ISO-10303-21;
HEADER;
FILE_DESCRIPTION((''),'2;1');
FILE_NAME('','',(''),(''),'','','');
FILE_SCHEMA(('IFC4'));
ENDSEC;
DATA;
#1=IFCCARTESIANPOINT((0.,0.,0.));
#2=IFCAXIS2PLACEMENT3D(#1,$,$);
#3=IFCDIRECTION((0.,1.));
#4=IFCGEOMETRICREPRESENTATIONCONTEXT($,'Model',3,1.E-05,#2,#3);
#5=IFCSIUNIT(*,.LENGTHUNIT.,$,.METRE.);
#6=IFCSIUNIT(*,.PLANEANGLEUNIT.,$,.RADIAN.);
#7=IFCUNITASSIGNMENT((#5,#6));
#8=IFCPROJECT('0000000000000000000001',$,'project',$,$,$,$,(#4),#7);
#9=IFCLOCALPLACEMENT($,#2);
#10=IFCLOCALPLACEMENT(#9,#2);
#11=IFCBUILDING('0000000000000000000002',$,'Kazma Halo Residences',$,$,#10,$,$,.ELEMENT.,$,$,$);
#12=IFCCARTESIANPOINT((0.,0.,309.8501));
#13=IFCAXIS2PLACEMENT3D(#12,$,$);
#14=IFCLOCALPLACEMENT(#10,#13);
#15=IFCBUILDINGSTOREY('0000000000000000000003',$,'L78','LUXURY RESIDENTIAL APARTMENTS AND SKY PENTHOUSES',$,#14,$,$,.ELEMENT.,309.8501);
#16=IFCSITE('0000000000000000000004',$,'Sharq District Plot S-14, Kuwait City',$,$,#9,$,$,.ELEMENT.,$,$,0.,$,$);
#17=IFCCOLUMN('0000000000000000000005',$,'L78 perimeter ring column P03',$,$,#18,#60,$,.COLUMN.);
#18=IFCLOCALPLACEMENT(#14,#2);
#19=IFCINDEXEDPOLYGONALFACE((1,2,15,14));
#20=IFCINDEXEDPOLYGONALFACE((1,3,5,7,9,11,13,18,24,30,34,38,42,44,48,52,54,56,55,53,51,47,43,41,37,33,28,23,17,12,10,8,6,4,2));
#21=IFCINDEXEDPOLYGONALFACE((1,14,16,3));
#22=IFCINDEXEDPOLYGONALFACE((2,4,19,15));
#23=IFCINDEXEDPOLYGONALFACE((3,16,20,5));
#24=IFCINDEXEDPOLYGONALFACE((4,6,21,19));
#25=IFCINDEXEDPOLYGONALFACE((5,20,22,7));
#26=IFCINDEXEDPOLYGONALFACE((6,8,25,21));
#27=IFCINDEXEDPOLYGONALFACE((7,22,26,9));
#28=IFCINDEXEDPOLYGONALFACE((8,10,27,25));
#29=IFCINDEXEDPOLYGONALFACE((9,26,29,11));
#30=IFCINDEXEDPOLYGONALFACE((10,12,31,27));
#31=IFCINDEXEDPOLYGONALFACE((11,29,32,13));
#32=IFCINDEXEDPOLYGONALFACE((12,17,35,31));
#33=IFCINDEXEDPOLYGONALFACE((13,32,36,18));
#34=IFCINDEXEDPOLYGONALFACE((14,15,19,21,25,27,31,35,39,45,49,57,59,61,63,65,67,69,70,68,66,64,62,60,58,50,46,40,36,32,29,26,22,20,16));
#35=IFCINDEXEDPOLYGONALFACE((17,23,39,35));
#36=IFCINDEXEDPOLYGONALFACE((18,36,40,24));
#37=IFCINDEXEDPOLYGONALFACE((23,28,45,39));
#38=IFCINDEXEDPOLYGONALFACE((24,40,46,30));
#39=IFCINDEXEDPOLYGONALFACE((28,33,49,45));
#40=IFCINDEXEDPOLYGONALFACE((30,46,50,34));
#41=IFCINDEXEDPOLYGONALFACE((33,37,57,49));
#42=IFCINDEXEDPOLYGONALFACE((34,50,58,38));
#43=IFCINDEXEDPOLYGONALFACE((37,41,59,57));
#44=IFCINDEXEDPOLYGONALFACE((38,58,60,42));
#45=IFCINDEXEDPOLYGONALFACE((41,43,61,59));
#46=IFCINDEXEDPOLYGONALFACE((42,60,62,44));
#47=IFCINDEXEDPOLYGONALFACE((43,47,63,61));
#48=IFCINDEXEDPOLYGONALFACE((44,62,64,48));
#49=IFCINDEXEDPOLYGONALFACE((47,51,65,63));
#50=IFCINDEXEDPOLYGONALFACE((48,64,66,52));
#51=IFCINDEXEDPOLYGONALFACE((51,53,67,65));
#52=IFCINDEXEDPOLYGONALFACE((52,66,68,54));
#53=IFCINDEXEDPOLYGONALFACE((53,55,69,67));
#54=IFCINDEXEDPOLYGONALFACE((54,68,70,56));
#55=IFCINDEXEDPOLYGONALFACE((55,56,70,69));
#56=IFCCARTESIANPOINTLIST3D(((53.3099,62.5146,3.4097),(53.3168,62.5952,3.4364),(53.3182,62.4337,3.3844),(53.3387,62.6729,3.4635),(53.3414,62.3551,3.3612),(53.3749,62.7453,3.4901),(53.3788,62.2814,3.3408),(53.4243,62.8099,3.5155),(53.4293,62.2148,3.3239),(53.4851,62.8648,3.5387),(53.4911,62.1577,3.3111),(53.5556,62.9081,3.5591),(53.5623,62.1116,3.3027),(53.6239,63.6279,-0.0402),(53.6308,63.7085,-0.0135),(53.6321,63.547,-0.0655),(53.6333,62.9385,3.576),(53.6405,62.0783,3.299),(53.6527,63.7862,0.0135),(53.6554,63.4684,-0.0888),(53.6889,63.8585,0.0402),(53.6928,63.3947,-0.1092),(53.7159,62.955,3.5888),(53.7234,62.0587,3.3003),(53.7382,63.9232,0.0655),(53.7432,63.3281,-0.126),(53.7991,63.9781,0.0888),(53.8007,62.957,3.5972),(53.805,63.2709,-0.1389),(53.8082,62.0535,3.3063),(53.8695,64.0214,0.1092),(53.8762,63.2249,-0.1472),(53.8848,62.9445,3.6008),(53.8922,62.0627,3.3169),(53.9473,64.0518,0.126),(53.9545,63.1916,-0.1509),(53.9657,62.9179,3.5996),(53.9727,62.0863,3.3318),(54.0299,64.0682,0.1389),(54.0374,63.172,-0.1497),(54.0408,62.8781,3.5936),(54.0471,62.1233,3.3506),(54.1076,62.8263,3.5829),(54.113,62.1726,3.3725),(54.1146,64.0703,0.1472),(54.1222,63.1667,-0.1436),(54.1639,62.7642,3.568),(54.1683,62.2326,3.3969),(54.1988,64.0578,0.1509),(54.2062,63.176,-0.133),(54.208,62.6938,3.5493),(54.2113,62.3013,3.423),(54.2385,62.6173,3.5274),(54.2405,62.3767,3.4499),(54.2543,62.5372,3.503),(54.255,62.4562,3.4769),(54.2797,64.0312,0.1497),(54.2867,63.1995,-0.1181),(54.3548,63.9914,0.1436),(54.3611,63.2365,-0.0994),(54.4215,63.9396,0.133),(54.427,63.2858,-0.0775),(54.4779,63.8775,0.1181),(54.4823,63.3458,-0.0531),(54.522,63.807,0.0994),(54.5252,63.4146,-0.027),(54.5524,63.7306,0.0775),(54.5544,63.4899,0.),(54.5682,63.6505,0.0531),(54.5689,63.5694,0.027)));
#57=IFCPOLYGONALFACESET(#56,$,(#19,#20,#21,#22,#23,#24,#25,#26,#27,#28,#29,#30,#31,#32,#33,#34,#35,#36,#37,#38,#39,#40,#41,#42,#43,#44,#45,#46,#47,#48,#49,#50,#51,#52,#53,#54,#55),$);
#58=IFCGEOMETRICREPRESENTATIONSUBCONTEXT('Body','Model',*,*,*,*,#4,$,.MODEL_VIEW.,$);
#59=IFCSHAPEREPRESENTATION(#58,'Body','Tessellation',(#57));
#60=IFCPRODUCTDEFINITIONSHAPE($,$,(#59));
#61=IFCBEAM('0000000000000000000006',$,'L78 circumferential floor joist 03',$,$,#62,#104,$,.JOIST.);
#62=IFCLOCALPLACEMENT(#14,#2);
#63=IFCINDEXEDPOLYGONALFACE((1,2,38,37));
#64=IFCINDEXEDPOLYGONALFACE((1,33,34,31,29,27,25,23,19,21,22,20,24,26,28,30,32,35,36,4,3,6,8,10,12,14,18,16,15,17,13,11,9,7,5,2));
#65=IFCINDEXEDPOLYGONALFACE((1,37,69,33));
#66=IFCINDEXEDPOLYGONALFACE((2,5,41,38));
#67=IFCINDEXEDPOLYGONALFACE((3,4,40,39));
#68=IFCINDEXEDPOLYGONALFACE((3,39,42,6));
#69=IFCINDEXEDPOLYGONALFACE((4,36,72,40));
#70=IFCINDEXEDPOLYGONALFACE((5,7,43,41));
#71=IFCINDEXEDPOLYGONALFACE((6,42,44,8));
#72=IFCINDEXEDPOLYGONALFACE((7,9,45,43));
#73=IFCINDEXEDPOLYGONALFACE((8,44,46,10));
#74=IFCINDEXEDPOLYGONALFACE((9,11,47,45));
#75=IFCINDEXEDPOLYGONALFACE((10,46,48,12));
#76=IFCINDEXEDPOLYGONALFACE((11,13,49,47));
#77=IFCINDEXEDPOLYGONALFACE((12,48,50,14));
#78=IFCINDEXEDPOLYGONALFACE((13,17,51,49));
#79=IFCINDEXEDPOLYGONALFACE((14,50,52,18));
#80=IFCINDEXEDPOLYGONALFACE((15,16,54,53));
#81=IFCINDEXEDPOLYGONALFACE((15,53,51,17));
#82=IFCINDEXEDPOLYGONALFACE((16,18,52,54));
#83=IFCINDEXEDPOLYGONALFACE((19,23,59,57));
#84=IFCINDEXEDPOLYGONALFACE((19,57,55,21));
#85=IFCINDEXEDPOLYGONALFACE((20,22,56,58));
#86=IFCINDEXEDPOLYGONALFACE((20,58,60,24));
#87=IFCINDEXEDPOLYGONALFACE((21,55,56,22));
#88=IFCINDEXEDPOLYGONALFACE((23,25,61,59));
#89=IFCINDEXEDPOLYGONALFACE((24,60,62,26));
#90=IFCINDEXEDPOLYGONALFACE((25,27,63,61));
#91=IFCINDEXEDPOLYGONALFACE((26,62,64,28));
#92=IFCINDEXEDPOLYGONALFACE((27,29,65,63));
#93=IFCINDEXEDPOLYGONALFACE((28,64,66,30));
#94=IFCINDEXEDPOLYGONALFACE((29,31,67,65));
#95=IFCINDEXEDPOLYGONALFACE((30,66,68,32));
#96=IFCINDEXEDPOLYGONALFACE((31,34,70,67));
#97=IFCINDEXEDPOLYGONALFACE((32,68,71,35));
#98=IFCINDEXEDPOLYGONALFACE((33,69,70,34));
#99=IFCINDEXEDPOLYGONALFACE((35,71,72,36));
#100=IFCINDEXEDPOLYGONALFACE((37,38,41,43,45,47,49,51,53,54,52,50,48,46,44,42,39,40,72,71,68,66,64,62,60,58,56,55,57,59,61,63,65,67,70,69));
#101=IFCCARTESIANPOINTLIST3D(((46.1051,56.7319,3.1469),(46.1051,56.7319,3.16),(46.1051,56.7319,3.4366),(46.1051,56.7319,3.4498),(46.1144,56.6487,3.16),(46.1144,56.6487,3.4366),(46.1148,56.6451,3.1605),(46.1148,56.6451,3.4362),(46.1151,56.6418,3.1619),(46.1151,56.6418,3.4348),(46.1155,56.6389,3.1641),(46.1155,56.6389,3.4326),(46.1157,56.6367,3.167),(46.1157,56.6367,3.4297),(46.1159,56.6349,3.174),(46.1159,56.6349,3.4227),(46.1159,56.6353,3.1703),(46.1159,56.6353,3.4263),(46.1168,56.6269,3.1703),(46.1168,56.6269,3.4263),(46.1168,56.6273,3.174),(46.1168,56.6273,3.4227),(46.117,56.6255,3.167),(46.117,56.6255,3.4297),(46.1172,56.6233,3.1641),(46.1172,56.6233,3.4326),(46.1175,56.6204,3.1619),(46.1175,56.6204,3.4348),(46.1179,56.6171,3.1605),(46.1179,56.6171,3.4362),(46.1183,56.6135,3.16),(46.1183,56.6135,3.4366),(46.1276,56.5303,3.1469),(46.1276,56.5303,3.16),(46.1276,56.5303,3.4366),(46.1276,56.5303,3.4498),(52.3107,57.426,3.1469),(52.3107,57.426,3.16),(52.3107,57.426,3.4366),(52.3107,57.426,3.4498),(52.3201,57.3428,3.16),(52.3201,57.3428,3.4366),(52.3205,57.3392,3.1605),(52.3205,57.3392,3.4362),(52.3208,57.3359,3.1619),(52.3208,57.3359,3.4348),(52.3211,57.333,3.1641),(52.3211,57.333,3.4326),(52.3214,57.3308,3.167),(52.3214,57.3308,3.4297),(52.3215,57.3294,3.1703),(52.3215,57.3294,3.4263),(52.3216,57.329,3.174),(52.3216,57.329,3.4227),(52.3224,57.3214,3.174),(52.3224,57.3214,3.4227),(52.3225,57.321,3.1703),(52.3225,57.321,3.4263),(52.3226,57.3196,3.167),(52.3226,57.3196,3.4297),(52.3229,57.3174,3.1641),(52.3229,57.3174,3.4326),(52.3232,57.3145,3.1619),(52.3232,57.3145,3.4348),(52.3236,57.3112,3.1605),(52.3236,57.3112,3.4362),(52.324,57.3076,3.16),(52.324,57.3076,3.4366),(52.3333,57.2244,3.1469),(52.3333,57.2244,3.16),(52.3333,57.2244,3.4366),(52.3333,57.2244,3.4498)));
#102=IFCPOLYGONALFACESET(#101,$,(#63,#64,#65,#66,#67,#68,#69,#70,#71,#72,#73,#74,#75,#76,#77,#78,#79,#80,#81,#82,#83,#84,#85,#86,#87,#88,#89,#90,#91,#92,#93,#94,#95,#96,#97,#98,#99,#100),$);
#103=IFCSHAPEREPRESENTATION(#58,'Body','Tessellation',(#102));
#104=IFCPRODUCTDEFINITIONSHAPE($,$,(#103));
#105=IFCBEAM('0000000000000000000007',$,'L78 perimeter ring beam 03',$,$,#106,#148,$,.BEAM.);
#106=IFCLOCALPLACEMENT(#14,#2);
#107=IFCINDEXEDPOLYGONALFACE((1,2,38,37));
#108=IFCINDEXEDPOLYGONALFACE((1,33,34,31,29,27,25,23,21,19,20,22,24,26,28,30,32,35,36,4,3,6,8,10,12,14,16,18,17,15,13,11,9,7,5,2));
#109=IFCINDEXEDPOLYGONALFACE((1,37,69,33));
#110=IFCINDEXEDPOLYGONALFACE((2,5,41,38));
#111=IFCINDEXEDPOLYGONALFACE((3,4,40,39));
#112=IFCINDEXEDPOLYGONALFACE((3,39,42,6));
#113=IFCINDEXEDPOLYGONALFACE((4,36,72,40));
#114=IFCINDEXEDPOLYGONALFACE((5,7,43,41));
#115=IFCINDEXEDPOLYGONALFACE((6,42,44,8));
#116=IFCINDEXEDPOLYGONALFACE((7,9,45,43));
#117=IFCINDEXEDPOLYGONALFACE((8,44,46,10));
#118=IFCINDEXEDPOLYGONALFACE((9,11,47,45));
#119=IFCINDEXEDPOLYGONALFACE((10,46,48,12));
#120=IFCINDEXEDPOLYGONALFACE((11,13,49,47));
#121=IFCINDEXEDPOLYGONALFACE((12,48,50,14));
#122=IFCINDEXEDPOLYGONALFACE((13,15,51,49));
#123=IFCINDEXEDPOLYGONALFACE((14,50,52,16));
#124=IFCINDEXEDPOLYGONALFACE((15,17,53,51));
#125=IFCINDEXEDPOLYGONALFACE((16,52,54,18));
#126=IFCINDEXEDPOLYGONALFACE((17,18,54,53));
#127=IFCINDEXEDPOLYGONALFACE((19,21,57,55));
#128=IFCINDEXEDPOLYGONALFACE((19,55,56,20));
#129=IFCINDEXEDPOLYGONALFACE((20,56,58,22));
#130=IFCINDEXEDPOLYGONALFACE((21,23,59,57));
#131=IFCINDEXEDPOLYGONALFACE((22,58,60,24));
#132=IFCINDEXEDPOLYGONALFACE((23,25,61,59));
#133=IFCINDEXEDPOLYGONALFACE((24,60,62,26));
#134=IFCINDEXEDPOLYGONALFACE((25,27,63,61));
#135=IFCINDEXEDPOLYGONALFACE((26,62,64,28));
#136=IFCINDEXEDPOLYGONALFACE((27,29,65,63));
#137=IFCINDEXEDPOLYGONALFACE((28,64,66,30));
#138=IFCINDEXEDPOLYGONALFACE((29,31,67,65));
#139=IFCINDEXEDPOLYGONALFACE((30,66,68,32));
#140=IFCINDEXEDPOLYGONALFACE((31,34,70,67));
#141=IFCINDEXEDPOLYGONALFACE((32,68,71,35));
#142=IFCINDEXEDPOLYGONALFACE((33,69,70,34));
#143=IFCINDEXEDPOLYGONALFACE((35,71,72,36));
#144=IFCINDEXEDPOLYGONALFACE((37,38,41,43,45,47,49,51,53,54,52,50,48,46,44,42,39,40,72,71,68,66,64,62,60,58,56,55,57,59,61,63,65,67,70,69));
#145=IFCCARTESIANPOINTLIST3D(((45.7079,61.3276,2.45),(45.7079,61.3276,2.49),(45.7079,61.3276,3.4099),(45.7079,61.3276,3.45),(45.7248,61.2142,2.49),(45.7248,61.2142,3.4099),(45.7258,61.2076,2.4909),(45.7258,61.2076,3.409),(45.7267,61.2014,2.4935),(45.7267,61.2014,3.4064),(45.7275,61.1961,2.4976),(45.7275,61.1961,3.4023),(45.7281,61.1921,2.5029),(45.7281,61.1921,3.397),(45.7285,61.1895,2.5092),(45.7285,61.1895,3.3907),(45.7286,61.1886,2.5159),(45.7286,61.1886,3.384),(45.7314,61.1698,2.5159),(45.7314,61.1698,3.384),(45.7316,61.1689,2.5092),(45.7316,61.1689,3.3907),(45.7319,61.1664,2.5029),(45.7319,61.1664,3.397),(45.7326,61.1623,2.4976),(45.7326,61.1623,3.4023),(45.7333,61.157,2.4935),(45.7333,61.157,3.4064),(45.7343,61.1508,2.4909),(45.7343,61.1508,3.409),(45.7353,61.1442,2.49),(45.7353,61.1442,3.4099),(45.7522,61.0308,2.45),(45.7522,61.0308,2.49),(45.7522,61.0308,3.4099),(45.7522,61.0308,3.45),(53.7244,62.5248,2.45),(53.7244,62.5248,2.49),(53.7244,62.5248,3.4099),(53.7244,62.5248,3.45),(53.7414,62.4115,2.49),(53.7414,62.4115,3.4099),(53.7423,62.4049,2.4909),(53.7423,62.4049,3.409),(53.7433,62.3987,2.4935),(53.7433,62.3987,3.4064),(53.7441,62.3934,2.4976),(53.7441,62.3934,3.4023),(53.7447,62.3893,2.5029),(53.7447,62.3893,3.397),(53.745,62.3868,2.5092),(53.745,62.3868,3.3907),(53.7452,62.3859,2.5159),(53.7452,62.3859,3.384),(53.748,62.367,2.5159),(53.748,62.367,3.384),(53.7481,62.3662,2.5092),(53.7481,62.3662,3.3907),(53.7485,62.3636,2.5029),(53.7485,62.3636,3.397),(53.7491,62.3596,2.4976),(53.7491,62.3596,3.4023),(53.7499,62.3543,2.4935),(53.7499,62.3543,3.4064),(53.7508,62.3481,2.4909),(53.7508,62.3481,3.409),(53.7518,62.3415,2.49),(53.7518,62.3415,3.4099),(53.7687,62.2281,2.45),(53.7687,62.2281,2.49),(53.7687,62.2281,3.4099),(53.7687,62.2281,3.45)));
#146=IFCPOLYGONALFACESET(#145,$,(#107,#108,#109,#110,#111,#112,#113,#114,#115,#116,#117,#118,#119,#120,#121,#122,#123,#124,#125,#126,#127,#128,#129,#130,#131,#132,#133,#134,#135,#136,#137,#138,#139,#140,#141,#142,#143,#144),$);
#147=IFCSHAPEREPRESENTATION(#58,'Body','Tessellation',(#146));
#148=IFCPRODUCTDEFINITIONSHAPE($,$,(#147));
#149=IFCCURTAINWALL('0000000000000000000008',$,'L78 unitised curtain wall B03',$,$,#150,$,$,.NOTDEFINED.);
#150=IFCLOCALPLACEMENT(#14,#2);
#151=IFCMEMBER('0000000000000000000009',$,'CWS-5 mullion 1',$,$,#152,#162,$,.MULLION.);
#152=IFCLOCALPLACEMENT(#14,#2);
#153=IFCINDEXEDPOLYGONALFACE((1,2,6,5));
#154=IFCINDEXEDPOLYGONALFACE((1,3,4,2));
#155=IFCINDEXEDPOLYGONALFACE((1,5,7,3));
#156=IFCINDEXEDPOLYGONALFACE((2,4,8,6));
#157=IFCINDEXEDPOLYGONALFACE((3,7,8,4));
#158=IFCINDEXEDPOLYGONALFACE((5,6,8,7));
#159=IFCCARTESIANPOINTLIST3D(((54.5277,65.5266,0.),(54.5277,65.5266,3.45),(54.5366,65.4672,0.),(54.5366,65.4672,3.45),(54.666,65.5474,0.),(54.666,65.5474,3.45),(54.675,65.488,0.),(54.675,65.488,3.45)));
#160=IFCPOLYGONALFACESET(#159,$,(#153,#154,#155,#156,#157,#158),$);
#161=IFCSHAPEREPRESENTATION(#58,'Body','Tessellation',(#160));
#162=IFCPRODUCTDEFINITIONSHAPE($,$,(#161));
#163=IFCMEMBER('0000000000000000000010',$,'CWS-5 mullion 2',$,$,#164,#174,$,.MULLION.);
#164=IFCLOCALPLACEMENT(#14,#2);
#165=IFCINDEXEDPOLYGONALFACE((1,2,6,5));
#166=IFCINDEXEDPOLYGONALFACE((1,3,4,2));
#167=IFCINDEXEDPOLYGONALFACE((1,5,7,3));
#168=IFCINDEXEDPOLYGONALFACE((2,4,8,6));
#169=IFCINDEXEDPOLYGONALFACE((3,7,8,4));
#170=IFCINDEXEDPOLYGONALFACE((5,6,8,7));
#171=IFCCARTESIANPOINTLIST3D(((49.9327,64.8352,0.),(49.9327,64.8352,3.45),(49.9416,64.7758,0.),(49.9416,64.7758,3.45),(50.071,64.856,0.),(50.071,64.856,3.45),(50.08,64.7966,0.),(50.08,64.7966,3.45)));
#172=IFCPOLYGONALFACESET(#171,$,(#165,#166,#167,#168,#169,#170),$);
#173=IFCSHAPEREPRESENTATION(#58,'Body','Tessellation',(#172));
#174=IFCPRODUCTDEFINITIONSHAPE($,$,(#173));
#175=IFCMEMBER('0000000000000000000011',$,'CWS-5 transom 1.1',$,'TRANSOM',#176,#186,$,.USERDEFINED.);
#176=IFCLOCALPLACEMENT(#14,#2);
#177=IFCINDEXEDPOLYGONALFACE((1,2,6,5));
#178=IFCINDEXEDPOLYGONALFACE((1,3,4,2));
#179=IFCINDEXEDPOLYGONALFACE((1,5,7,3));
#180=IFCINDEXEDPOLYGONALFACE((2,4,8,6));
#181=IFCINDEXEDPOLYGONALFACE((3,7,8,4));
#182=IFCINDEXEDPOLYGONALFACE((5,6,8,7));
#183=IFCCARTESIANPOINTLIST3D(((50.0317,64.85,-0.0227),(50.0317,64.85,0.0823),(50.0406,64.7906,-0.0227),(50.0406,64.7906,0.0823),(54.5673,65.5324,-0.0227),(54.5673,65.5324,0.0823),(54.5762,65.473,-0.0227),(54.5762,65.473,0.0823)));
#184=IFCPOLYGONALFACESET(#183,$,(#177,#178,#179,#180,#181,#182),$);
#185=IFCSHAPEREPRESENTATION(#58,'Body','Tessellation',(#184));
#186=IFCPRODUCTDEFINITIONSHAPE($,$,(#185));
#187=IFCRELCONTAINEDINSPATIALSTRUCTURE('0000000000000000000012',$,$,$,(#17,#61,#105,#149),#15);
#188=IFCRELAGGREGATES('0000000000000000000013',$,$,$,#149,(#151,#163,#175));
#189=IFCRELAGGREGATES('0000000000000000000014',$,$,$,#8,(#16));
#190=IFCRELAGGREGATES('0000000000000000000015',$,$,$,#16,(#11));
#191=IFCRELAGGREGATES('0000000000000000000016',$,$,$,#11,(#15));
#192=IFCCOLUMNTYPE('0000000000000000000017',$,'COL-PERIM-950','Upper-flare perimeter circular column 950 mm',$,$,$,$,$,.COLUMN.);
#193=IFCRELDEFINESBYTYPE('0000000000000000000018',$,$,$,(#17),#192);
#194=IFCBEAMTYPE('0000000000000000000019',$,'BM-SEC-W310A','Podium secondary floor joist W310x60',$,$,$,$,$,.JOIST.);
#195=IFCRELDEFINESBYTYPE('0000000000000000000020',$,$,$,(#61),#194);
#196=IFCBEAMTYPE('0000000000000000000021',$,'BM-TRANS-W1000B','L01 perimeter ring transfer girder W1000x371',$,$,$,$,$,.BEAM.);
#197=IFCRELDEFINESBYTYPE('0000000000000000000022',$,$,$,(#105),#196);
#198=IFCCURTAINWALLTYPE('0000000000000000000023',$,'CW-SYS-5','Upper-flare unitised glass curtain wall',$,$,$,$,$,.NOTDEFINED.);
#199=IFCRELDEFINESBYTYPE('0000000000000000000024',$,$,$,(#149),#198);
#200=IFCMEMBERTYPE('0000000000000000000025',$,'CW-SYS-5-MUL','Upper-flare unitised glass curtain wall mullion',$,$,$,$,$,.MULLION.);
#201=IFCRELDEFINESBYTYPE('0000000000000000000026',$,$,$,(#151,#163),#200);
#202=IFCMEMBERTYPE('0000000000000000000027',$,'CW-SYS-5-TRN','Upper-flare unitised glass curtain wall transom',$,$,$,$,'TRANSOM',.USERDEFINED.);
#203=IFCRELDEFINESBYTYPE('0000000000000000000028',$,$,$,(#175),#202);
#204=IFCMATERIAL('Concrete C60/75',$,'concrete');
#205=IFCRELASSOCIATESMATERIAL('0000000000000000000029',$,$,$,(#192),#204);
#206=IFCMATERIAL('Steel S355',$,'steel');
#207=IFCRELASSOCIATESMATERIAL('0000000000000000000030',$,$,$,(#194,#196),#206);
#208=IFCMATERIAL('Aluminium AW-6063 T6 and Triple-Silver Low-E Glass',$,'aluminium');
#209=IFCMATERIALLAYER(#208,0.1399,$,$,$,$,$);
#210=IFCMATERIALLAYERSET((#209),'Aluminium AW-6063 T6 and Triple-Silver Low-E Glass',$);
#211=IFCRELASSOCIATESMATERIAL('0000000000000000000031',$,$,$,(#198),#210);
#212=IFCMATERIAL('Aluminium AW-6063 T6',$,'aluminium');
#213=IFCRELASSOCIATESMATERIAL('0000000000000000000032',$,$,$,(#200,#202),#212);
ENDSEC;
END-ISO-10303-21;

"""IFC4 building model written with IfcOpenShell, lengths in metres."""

from ifc_helpers import new_model, si_unit, direction, frame, origin, origin_2d, place, context, subcontext, project, spatial, rectangle, circle, i_section, extrude, material, layer, layer_set, material_profile, profile_set, type_object, element, aggregate, save


model = new_model("IFC4")

# Units and contexts
model_context = context("Model", 3, precision=1e-05, world=origin(), true_north=direction((0.0, 1.0)))
body_context = subcontext(model_context, "Body", "Model", "MODEL_VIEW")
ifc_project = project(units=[si_unit("LENGTHUNIT", "METRE"), si_unit("PLANEANGLEUNIT", "RADIAN")], contexts=[model_context])

# Site, building, storey
site_placement = place(None, origin())
site = spatial("IfcSite", under=ifc_project, at=site_placement, Name="Sharq District Plot S-14, Kuwait City", CompositionType="ELEMENT", RefElevation=0.0)
building_placement = place(site_placement, origin())
building = spatial("IfcBuilding", under=site, at=building_placement, Name="Kazma Halo Residences", CompositionType="ELEMENT")
storey_placement = place(building_placement, frame((0.0, 0.0, 309.8501)))
storey = spatial("IfcBuildingStorey", under=building, at=storey_placement, Name="L78", Description="LUXURY RESIDENTIAL APARTMENTS AND SKY PENTHOUSES", CompositionType="ELEMENT", Elevation=309.8501)

# Column
ifc_material_1 = material(Name="Concrete C60/75", Category="concrete")
ifc_material_profile_1 = material_profile(ifc_material_1, circle(Radius=0.4751, at=origin_2d()), Name="CIRC950")
ifc_profile_set_1 = profile_set([ifc_material_profile_1], Name="Concrete C60/75")
column_type = type_object("IfcColumnType", Name="COL-PERIM-950", Description="Upper-flare perimeter circular column 950 mm", PredefinedType="COLUMN", material=ifc_profile_set_1)
column_placement = place(storey_placement, frame((54.0972, 63.6189, 0.0), z_axis=(-0.086285, -0.305956, 0.948128), x_axis=(0.962458, -0.27143, 0.0)))
element("IfcColumn", 1, at=column_placement, inside=storey, type_object=column_type, Name="L78 perimeter ring column P03", PredefinedType="COLUMN", context=body_context, shape_type="SweptSolid", body=[
    extrude(circle(Radius=0.4751, at=origin_2d()), origin(), (0.0, 0.0, 1.0), 3.6387),
])

# Beams
ifc_material_2 = material(Name="Steel S355", Category="steel")
ifc_material_profile_2 = material_profile(ifc_material_2, i_section(OverallWidth=0.2029, OverallDepth=0.303, WebThickness=0.0076, FlangeThickness=0.0132, FilletRadius=0.0139, at=origin_2d()), Name="W310x60")
ifc_profile_set_2 = profile_set([ifc_material_profile_2], Name="Steel S355")
beam_type_1 = type_object("IfcBeamType", Name="BM-SEC-W310A", Description="Podium secondary floor joist W310x60", PredefinedType="JOIST", material=ifc_profile_set_2)
beam_1_placement = place(storey_placement, frame((52.322, 57.3252, 3.2983), z_axis=(-0.993803, -0.111157, 0.0), x_axis=(0.111157, -0.993803, 0.0)))
element("IfcBeam", 2, at=beam_1_placement, inside=storey, type_object=beam_type_1, Name="L78 circumferential floor joist 03", PredefinedType="JOIST", context=body_context, shape_type="SweptSolid", body=[
    extrude(i_section(OverallWidth=0.2029, OverallDepth=0.303, WebThickness=0.0076, FlangeThickness=0.0132, FilletRadius=0.0139, at=origin_2d()), origin(), (0.0, 0.0, 1.0), 6.2444),
])
ifc_material_profile_3 = material_profile(ifc_material_2, i_section(OverallWidth=0.3, OverallDepth=1.0, WebThickness=0.019, FlangeThickness=0.04, FilletRadius=0.0259, at=origin_2d()), Name="W1000x371")
ifc_profile_set_3 = profile_set([ifc_material_profile_3], Name="Steel S355")
beam_type_2 = type_object("IfcBeamType", Name="BM-TRANS-W1000B", Description="L01 perimeter ring transfer girder W1000x371", PredefinedType="BEAM", material=ifc_profile_set_3)
beam_2_placement = place(storey_placement, frame((53.7466, 62.3765, 2.95), z_axis=(-0.989031, -0.14771, 0.0), x_axis=(0.14771, -0.989031, 0.0)))
element("IfcBeam", 3, at=beam_2_placement, inside=storey, type_object=beam_type_2, Name="L78 perimeter ring beam 03", PredefinedType="BEAM", context=body_context, shape_type="SweptSolid", body=[
    extrude(i_section(OverallWidth=0.3, OverallDepth=1.0, WebThickness=0.019, FlangeThickness=0.04, FilletRadius=0.0259, at=origin_2d()), origin(), (0.0, 0.0, 1.0), 8.1055),
])

# Curtain wall, members
ifc_material_3 = material(Name="Aluminium AW-6063 T6 and Triple-Silver Low-E Glass", Category="aluminium")
ifc_layer_1 = layer(ifc_material_3, 0.1399)
ifc_layer_set_1 = layer_set([ifc_layer_1], Name="Aluminium AW-6063 T6 and Triple-Silver Low-E Glass")
curtain_wall_type = type_object("IfcCurtainWallType", Name="CW-SYS-5", Description="Upper-flare unitised glass curtain wall", PredefinedType="NOTDEFINED", material=ifc_layer_set_1)
curtain_wall_placement = place(storey_placement, origin())
curtain_wall = element("IfcCurtainWall", 4, at=curtain_wall_placement, inside=storey, type_object=curtain_wall_type, Name="L78 unitised curtain wall B03", PredefinedType="NOTDEFINED")
ifc_material_4 = material(Name="Aluminium AW-6063 T6", Category="aluminium")
ifc_material_profile_4 = material_profile(ifc_material_4, rectangle(XDim=0.0601, YDim=0.1399, at=origin_2d()), Name="CWM-60x140")
ifc_profile_set_4 = profile_set([ifc_material_profile_4], Name="Aluminium AW-6063 T6")
member_type_1 = type_object("IfcMemberType", Name="CW-SYS-5-MUL", Description="Upper-flare unitised glass curtain wall mullion", PredefinedType="MULLION", material=ifc_profile_set_4)
member_1_placement = place(storey_placement, frame((54.6013, 65.5073, 0.0), z_axis=(0.0, 0.0, 1.0), x_axis=(0.148804, -0.988867, 0.0)))
member_1 = element("IfcMember", 5, at=member_1_placement, type_object=member_type_1, Name="CWS-5 mullion 1", PredefinedType="MULLION", context=body_context, shape_type="SweptSolid", body=[
    extrude(rectangle(XDim=0.0601, YDim=0.1399, at=origin_2d()), origin(), (0.0, 0.0, 1.0), 3.45),
])
member_2_placement = place(storey_placement, frame((50.0063, 64.8159, 0.0), z_axis=(0.0, 0.0, 1.0), x_axis=(0.148804, -0.988867, 0.0)))
member_2 = element("IfcMember", 6, at=member_2_placement, type_object=member_type_1, Name="CWS-5 mullion 2", PredefinedType="MULLION", context=body_context, shape_type="SweptSolid", body=[
    extrude(rectangle(XDim=0.0601, YDim=0.1399, at=origin_2d()), origin(), (0.0, 0.0, 1.0), 3.45),
])
ifc_material_profile_5 = material_profile(ifc_material_4, rectangle(XDim=0.0601, YDim=0.105, at=origin_2d()), Name="CWT-60x105")
ifc_profile_set_5 = profile_set([ifc_material_profile_5], Name="Aluminium AW-6063 T6")
member_type_2 = type_object("IfcMemberType", Name="CW-SYS-5-TRN", Description="Upper-flare unitised glass curtain wall transom", ElementType="TRANSOM", PredefinedType="USERDEFINED", material=ifc_profile_set_5)
member_3_placement = place(storey_placement, frame((54.5718, 65.5027, 0.0298), z_axis=(-0.988871, -0.148773, 0.0), x_axis=(0.148773, -0.988871, 0.0)))
member_3 = element("IfcMember", 7, at=member_3_placement, type_object=member_type_2, Name="CWS-5 transom 1.1", ObjectType="TRANSOM", PredefinedType="USERDEFINED", context=body_context, shape_type="SweptSolid", body=[
    extrude(rectangle(XDim=0.0601, YDim=0.105, at=origin_2d()), origin(), (0.0, 0.0, 1.0), 4.5867),
])
aggregate(curtain_wall, [member_1, member_2, member_3])

save(model, "model.ifc")
